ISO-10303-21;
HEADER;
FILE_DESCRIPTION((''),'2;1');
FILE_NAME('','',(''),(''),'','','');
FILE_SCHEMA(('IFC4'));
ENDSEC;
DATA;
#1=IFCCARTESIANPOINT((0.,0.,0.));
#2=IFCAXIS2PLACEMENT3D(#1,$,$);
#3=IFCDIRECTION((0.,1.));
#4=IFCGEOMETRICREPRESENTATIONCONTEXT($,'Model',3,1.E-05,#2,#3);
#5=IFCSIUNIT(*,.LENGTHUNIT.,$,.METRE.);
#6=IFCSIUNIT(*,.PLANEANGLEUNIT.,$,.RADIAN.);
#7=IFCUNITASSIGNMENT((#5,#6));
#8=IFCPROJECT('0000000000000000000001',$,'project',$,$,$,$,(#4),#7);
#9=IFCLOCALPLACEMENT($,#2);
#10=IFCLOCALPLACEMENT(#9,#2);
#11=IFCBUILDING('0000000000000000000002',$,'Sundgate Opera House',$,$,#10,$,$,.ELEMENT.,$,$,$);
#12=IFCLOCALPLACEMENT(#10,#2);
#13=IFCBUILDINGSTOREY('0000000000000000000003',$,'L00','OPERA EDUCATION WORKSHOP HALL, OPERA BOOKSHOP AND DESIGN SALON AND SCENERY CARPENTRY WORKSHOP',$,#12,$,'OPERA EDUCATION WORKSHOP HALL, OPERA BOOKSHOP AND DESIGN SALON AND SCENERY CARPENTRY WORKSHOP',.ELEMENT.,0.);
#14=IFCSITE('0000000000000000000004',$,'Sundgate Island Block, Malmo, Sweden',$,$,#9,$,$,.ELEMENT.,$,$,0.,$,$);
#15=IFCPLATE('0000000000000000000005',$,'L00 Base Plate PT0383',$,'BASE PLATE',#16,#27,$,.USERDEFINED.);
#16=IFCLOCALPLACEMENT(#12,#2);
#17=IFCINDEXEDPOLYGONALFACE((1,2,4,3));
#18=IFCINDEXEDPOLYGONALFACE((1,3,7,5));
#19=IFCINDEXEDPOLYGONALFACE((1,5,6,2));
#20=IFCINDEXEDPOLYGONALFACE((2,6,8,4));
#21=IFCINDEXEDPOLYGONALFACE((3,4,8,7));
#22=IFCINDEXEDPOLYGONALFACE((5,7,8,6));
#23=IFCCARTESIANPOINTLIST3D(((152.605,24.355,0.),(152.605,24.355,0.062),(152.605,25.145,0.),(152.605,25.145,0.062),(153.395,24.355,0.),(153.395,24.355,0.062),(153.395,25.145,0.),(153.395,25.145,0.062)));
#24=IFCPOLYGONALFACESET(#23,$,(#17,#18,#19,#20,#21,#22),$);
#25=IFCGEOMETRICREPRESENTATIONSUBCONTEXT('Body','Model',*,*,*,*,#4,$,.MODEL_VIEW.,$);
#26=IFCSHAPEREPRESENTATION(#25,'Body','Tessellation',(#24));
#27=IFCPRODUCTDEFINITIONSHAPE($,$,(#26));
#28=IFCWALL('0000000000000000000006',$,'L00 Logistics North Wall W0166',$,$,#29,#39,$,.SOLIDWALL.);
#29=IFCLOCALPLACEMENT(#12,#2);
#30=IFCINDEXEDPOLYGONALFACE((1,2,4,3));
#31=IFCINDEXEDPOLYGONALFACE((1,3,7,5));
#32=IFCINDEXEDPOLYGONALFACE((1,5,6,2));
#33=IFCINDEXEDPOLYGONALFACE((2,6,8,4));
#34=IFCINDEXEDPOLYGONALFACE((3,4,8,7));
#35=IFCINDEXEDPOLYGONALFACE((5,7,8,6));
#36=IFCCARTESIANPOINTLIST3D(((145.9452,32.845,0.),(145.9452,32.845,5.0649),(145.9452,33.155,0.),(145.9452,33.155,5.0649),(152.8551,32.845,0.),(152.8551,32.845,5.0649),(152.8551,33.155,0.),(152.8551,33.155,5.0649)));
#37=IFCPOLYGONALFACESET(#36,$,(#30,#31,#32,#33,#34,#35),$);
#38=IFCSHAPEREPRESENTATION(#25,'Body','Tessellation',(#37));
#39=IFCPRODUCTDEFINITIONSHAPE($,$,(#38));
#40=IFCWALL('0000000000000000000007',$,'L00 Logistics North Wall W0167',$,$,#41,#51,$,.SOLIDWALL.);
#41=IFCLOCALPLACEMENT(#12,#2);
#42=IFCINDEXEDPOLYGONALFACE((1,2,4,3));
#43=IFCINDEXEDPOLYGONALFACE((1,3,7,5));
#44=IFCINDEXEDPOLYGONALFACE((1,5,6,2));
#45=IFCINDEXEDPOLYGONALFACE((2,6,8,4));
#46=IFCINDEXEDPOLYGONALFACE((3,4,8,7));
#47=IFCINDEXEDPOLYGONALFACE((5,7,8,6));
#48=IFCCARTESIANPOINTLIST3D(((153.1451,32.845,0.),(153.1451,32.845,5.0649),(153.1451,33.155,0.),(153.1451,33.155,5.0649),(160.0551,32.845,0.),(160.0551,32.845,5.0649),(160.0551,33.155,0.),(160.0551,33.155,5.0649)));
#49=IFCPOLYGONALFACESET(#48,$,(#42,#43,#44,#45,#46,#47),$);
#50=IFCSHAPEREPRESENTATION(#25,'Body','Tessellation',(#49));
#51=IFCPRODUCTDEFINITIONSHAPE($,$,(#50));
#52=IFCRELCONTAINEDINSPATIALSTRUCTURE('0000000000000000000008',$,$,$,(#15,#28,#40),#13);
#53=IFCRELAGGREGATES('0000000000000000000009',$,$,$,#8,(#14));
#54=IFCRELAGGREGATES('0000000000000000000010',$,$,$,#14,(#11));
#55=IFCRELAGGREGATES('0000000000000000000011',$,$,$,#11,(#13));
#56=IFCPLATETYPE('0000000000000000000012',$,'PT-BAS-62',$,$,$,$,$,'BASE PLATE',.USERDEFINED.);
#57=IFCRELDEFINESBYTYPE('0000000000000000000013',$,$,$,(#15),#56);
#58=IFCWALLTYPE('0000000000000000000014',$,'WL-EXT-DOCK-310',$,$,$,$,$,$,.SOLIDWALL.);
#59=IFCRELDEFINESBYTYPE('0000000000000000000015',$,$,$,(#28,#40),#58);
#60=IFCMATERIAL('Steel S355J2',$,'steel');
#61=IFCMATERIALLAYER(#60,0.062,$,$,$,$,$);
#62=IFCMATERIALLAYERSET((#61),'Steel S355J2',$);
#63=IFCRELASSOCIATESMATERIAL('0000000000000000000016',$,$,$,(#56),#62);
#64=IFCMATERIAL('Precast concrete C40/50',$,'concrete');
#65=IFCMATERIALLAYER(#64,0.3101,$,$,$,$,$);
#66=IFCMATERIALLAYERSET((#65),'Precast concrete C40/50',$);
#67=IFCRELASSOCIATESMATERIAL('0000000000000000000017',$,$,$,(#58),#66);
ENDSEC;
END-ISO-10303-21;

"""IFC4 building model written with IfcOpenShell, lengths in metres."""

from ifc_helpers import new_model, si_unit, direction, frame, frame_2d, origin, origin_2d, place, context, subcontext, project, spatial, rectangle, extrude, material, layer, layer_set, type_object, element, save


model = new_model("IFC4")

# Units and contexts
model_context = context("Model", 3, precision=1e-05, world=origin(), true_north=direction((0.0, 1.0)))
body_context = subcontext(model_context, "Body", "Model", "MODEL_VIEW")
ifc_project = project(units=[si_unit("LENGTHUNIT", "METRE"), si_unit("PLANEANGLEUNIT", "RADIAN")], contexts=[model_context])

# Site, building, storey
site_placement = place(None, origin())
site = spatial("IfcSite", under=ifc_project, at=site_placement, Name="Sundgate Island Block, Malmo, Sweden", CompositionType="ELEMENT", RefElevation=0.0)
building_placement = place(site_placement, origin())
building = spatial("IfcBuilding", under=site, at=building_placement, Name="Sundgate Opera House", CompositionType="ELEMENT")
storey_placement = place(building_placement, origin())
storey = spatial("IfcBuildingStorey", under=building, at=storey_placement, Name="L00", Description="OPERA EDUCATION WORKSHOP HALL, OPERA BOOKSHOP AND DESIGN SALON AND SCENERY CARPENTRY WORKSHOP", LongName="OPERA EDUCATION WORKSHOP HALL, OPERA BOOKSHOP AND DESIGN SALON AND SCENERY CARPENTRY WORKSHOP", CompositionType="ELEMENT", Elevation=0.0)

# Plate
ifc_material_1 = material(Name="Steel S355J2", Category="steel")
ifc_layer_1 = layer(ifc_material_1, 0.062)
ifc_layer_set_1 = layer_set([ifc_layer_1], Name="Steel S355J2")
plate_type_1 = type_object("IfcPlateType", Name="PT-BAS-62", ElementType="BASE PLATE", PredefinedType="USERDEFINED", material=ifc_layer_set_1)
for number, where, z_axis, x_axis, name in (
    (1, (153.0, 24.75, 0.0), (0.0, 0.0, 1.0), (1.0, 0.0, 0.0), "L00 Base Plate PT0383"),
):
    element("IfcPlate", number, at=place(storey_placement, frame(where, z_axis=z_axis, x_axis=x_axis)), inside=storey, type_object=plate_type_1, Name=name, ObjectType="BASE PLATE", PredefinedType="USERDEFINED", context=body_context, shape_type="SweptSolid", body=[
        extrude(rectangle(XDim=0.79, YDim=0.79, at=origin_2d()), origin(), (0.0, 0.0, 1.0), 0.062),
    ])

# Walls
ifc_material_2 = material(Name="Precast concrete C40/50", Category="concrete")
ifc_layer_2 = layer(ifc_material_2, 0.3101)
ifc_layer_set_2 = layer_set([ifc_layer_2], Name="Precast concrete C40/50")
wall_type = type_object("IfcWallType", Name="WL-EXT-DOCK-310", PredefinedType="SOLIDWALL", material=ifc_layer_set_2)
for number, where, z_axis, x_axis, name in (
    (2, (145.9451, 33.0, 0.0), (0.0, 0.0, 1.0), (1.0, 0.0, 0.0), "L00 Logistics North Wall W0166"),
    (3, (153.145, 33.0, 0.0), (0.0, 0.0, 1.0), (1.0, 0.0, 0.0), "L00 Logistics North Wall W0167"),
):
    element("IfcWall", number, at=place(storey_placement, frame(where, z_axis=z_axis, x_axis=x_axis)), inside=storey, type_object=wall_type, Name=name, PredefinedType="SOLIDWALL", context=body_context, shape_type="SweptSolid", body=[
        extrude(rectangle(XDim=6.9099, YDim=0.3101, at=frame_2d((3.4551, 0.0))), origin(), (0.0, 0.0, 1.0), 5.0649),
    ])

save(model, "model.ifc")
